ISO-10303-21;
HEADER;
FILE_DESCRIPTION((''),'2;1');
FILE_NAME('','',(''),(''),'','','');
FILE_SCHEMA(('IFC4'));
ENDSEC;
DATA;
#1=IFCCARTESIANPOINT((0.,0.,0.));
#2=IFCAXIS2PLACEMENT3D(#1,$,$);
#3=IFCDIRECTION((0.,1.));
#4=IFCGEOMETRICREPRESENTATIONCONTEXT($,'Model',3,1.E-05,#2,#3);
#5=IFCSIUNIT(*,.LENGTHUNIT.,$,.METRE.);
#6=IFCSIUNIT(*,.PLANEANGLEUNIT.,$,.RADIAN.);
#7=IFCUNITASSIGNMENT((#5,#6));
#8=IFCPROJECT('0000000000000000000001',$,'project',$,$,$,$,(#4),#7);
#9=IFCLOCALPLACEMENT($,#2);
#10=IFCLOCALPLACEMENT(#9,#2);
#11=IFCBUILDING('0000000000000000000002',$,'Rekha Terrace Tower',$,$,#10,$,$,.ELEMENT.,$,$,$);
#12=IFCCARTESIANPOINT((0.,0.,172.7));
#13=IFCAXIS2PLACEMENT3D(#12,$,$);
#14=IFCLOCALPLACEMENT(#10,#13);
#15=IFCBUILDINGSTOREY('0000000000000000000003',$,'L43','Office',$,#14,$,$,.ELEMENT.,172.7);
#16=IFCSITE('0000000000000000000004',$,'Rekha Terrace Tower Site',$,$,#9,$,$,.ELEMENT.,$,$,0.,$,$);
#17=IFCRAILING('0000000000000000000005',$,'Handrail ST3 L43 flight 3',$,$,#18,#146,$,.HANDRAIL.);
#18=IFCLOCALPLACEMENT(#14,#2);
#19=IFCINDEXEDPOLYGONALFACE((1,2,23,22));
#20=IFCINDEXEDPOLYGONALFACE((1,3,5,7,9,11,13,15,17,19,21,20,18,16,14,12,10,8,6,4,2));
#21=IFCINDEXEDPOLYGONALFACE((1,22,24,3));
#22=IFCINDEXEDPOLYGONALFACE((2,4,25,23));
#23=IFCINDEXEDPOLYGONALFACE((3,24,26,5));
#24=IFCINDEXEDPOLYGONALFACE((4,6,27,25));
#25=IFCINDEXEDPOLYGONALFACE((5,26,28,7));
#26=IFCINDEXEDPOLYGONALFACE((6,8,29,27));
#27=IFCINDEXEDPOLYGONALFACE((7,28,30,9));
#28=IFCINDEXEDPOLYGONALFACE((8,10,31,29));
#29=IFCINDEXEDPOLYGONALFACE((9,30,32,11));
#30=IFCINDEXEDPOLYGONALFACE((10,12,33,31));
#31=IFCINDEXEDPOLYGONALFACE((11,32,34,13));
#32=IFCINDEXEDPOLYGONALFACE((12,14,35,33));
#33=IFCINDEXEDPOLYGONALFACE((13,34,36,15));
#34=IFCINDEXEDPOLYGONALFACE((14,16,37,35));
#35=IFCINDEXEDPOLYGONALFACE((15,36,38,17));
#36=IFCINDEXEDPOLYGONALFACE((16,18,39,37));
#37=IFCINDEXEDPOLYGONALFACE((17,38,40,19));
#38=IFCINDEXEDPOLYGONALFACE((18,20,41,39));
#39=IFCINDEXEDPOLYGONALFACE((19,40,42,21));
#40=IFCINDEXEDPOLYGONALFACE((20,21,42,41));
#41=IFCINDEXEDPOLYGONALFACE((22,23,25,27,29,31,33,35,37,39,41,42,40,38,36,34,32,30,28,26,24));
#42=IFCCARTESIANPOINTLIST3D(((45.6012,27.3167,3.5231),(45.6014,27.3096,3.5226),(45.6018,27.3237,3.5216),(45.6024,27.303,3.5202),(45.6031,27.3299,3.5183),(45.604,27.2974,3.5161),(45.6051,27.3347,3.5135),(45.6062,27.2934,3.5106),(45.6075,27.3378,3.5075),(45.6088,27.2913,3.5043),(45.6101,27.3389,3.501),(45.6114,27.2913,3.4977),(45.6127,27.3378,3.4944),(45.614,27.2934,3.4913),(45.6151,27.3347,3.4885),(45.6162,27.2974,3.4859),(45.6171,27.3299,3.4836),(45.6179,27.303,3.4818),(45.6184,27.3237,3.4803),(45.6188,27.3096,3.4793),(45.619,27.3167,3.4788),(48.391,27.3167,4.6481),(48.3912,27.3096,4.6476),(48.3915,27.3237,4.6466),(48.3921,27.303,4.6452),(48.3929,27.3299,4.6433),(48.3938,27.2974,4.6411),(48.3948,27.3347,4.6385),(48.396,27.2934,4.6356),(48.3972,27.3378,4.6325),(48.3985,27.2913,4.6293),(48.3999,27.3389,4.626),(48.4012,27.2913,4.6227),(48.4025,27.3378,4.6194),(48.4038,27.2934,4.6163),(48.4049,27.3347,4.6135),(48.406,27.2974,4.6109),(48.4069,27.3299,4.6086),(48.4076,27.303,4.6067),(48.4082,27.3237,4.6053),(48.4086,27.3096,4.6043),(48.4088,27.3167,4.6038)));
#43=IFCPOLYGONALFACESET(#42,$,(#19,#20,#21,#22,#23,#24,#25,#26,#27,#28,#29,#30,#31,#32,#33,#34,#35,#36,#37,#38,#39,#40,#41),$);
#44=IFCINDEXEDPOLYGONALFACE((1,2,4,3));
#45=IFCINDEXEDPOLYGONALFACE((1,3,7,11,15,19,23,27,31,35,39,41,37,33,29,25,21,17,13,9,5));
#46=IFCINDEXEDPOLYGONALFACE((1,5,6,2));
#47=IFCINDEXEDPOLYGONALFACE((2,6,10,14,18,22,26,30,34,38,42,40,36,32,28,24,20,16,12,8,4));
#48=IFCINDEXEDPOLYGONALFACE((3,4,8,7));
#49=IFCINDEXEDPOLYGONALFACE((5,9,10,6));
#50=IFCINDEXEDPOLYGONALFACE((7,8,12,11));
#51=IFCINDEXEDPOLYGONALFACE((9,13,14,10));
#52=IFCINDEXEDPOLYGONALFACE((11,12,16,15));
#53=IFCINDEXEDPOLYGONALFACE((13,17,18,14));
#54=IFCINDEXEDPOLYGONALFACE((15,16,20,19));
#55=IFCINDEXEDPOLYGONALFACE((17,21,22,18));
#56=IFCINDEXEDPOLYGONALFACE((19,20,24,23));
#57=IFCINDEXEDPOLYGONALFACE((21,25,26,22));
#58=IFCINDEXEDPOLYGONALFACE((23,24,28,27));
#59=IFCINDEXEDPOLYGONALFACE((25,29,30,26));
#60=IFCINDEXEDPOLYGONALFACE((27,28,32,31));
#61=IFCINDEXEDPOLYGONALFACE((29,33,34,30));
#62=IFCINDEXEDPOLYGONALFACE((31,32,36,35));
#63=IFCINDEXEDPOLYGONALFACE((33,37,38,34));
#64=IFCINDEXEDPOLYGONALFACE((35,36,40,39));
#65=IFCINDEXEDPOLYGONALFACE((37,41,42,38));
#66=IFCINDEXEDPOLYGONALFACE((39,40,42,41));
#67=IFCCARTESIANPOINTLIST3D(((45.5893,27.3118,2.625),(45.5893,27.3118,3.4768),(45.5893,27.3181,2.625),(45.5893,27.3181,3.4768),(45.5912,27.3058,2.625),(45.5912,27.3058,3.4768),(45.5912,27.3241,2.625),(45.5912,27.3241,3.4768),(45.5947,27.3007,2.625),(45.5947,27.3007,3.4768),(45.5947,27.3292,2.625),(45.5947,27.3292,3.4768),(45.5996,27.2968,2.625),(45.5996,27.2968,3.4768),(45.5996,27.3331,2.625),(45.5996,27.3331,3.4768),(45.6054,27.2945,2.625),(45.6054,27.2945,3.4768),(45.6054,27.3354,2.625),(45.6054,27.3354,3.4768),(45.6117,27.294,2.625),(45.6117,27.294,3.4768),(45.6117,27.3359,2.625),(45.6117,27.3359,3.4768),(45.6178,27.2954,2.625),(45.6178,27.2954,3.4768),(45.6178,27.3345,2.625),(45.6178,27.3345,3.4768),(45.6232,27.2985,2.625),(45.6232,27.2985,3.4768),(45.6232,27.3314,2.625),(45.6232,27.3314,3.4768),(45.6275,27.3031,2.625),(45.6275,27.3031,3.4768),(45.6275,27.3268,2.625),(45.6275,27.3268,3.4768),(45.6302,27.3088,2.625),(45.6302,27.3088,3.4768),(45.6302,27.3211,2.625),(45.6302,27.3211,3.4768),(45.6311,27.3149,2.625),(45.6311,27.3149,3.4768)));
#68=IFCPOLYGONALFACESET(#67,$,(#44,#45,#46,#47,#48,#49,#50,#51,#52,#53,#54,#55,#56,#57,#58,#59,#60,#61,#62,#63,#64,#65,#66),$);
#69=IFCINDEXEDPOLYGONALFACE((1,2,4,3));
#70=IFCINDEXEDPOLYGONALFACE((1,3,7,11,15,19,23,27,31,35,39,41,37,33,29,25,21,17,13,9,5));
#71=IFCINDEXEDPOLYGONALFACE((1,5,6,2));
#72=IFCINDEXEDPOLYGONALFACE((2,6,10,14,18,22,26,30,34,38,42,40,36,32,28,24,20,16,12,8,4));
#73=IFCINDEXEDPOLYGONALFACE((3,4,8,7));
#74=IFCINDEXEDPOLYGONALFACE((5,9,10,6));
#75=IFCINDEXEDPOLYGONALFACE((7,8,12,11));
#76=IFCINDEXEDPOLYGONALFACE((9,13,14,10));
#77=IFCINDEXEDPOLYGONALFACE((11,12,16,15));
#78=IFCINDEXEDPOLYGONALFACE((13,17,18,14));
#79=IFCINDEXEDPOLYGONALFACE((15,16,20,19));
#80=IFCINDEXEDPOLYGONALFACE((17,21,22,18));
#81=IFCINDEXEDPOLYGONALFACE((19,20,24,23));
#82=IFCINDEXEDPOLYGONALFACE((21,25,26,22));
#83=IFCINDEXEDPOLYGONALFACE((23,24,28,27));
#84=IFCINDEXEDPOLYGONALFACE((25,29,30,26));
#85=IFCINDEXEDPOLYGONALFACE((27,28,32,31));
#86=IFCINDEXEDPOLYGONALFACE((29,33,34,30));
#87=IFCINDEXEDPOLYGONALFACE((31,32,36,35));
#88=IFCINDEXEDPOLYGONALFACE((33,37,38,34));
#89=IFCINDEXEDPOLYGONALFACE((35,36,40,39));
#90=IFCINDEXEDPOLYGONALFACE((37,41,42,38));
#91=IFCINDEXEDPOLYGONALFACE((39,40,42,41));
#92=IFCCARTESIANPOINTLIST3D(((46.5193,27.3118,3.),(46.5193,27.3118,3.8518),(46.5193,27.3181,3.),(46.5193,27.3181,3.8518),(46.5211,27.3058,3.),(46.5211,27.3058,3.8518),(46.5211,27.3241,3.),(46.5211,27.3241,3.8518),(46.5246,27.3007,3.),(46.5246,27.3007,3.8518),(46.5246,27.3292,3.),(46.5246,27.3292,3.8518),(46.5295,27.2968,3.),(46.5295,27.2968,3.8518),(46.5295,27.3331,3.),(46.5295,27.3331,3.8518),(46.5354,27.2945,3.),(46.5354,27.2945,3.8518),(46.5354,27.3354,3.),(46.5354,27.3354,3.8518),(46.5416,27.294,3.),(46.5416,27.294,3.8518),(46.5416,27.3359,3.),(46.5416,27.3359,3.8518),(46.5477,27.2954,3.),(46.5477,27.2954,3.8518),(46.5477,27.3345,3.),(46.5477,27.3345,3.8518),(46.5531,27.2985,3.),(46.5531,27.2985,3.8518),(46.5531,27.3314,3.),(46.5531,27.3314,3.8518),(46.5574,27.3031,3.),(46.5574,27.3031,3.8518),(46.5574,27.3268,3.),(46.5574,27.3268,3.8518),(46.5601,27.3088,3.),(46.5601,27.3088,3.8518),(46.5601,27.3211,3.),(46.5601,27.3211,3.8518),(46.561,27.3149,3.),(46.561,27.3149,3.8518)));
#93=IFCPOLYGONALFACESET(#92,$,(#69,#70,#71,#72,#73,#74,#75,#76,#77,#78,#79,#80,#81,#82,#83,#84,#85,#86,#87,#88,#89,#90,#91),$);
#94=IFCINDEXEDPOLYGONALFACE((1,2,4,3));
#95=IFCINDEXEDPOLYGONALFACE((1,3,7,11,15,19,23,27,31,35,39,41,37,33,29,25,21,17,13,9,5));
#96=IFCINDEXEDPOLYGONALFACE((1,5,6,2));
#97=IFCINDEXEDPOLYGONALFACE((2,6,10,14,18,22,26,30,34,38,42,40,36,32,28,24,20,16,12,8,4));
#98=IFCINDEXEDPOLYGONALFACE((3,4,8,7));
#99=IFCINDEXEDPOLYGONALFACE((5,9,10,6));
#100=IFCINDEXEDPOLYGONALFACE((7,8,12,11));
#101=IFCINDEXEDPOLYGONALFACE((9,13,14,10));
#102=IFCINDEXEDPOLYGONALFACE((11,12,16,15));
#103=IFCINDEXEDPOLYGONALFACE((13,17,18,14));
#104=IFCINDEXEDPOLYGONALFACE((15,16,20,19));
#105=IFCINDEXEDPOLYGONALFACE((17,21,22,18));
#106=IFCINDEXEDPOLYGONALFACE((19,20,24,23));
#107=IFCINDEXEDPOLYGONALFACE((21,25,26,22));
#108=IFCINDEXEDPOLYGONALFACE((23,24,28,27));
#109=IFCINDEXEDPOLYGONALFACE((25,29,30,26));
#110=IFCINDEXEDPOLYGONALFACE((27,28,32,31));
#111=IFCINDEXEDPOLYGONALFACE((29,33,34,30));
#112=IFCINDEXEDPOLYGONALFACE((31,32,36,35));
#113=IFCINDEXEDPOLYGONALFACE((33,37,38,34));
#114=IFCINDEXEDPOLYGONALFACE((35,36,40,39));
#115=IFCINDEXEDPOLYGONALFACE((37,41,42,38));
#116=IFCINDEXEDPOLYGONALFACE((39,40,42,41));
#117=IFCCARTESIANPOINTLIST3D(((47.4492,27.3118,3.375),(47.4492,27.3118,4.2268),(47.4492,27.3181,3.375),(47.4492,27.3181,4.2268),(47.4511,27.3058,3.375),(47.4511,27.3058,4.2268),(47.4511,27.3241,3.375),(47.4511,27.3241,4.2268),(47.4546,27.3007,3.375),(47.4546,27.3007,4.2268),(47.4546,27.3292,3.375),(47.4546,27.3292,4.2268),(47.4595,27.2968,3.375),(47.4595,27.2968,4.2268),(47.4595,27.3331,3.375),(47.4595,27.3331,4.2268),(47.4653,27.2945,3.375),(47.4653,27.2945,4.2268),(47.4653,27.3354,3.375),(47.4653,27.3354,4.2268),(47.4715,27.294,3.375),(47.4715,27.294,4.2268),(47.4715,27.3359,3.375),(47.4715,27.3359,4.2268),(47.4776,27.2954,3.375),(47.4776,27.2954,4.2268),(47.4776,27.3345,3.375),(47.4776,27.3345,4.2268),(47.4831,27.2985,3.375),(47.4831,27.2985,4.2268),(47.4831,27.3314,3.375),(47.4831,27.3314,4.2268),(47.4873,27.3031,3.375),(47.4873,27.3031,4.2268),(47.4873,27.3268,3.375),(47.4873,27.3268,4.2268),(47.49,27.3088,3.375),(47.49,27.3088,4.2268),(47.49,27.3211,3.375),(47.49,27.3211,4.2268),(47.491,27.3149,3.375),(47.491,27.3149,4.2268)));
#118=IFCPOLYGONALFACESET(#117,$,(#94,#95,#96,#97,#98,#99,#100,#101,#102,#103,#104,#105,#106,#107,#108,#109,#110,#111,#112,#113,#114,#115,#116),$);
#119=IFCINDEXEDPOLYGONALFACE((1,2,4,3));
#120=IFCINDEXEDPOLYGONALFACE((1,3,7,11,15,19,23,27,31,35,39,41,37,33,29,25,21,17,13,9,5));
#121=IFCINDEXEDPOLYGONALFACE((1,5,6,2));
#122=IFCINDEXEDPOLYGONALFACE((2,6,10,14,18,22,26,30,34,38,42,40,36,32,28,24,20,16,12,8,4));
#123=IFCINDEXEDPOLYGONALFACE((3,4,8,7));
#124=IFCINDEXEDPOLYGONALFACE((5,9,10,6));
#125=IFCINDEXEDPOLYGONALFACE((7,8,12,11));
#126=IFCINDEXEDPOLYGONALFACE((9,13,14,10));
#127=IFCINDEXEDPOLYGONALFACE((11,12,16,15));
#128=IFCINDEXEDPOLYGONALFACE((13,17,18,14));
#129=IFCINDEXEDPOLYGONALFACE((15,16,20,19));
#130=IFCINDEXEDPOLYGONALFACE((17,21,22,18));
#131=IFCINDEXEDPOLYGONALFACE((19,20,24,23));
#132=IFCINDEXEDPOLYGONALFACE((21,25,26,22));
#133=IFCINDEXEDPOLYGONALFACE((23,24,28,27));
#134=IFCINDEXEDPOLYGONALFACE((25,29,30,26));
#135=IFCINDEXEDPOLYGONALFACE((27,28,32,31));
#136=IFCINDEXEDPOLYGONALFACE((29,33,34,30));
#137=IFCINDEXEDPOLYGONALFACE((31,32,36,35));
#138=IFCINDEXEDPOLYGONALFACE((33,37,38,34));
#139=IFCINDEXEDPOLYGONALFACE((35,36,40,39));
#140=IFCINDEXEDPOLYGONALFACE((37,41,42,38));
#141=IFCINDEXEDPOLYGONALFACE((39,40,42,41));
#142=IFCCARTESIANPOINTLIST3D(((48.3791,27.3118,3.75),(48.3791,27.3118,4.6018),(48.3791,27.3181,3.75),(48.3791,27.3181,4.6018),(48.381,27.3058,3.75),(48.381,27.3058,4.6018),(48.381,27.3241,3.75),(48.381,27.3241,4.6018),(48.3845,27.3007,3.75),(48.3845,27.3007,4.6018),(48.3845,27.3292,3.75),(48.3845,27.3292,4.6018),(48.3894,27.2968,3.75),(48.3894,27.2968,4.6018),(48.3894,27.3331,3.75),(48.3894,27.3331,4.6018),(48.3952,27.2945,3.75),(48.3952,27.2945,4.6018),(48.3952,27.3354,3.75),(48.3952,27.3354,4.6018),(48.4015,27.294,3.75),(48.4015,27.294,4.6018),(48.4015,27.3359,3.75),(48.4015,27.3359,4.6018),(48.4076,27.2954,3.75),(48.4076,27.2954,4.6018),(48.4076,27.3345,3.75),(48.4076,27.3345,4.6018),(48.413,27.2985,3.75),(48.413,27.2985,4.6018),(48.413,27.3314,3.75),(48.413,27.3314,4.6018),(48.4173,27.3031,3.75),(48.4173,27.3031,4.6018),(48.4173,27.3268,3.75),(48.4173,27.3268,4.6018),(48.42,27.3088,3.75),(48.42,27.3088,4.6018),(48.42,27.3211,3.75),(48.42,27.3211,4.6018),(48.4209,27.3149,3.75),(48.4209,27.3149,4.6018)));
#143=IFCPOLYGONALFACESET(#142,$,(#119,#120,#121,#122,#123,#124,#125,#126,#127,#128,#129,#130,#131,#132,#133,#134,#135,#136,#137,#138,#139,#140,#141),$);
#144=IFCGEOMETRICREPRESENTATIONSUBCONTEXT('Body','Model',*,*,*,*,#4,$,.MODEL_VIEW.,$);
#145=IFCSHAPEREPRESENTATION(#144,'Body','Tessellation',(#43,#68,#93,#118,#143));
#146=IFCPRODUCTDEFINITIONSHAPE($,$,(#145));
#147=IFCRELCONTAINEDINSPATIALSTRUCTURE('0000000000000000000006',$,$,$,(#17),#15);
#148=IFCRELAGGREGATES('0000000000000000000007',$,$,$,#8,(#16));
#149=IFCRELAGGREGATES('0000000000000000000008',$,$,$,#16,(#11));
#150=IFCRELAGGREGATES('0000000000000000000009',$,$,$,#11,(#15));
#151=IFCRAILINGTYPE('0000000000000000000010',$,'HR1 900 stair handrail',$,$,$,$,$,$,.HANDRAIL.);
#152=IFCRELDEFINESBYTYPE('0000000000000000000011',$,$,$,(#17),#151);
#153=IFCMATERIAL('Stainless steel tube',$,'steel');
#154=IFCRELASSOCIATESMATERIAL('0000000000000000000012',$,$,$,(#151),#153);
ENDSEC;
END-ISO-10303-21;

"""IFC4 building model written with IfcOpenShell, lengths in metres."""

from ifc_helpers import new_model, si_unit, direction, frame, origin, origin_2d, place, context, subcontext, project, spatial, circle, extrude, material, type_object, element, save


model = new_model("IFC4")

# Units and contexts
model_context = context("Model", 3, precision=1e-05, world=origin(), true_north=direction((0.0, 1.0)))
body_context = subcontext(model_context, "Body", "Model", "MODEL_VIEW")
ifc_project = project(units=[si_unit("LENGTHUNIT", "METRE"), si_unit("PLANEANGLEUNIT", "RADIAN")], contexts=[model_context])

# Site, building, storey
site_placement = place(None, origin())
site = spatial("IfcSite", under=ifc_project, at=site_placement, Name="Rekha Terrace Tower Site", CompositionType="ELEMENT", RefElevation=0.0)
building_placement = place(site_placement, origin())
building = spatial("IfcBuilding", under=site, at=building_placement, Name="Rekha Terrace Tower", CompositionType="ELEMENT")
storey_placement = place(building_placement, frame((0.0, 0.0, 172.7)))
storey = spatial("IfcBuildingStorey", under=building, at=storey_placement, Name="L43", Description="Office", CompositionType="ELEMENT", Elevation=172.7)

# Railing
ifc_material_1 = material(Name="Stainless steel tube", Category="steel")
railing_type_1 = type_object("IfcRailingType", Name="HR1 900 stair handrail", PredefinedType="HANDRAIL", material=ifc_material_1)
railing_1_placement = place(storey_placement, frame((45.6101, 27.3149, 2.625)))
element("IfcRailing", 1, at=railing_1_placement, inside=storey, type_object=railing_type_1, Name="Handrail ST3 L43 flight 3", PredefinedType="HANDRAIL", context=body_context, shape_type="SweptSolid", body=[
    extrude(circle(Radius=0.0239, at=origin_2d()), frame((0.0, 0.0, 0.876), z_axis=(0.927432, 0.0, 0.373992), x_axis=(0.0, 1.0, 0.0)), (0.0, 0.0, 1.0), 3.0081),
    extrude(circle(Radius=0.021, at=origin_2d()), origin(), (0.0, 0.0, 1.0), 0.8518),
    extrude(circle(Radius=0.021, at=origin_2d()), frame((0.9299, 0.0, 0.375)), (0.0, 0.0, 1.0), 0.8518),
    extrude(circle(Radius=0.021, at=origin_2d()), frame((1.8599, 0.0, 0.75)), (0.0, 0.0, 1.0), 0.8518),
    extrude(circle(Radius=0.021, at=origin_2d()), frame((2.7898, 0.0, 1.125)), (0.0, 0.0, 1.0), 0.8518),
])

save(model, "model.ifc")
